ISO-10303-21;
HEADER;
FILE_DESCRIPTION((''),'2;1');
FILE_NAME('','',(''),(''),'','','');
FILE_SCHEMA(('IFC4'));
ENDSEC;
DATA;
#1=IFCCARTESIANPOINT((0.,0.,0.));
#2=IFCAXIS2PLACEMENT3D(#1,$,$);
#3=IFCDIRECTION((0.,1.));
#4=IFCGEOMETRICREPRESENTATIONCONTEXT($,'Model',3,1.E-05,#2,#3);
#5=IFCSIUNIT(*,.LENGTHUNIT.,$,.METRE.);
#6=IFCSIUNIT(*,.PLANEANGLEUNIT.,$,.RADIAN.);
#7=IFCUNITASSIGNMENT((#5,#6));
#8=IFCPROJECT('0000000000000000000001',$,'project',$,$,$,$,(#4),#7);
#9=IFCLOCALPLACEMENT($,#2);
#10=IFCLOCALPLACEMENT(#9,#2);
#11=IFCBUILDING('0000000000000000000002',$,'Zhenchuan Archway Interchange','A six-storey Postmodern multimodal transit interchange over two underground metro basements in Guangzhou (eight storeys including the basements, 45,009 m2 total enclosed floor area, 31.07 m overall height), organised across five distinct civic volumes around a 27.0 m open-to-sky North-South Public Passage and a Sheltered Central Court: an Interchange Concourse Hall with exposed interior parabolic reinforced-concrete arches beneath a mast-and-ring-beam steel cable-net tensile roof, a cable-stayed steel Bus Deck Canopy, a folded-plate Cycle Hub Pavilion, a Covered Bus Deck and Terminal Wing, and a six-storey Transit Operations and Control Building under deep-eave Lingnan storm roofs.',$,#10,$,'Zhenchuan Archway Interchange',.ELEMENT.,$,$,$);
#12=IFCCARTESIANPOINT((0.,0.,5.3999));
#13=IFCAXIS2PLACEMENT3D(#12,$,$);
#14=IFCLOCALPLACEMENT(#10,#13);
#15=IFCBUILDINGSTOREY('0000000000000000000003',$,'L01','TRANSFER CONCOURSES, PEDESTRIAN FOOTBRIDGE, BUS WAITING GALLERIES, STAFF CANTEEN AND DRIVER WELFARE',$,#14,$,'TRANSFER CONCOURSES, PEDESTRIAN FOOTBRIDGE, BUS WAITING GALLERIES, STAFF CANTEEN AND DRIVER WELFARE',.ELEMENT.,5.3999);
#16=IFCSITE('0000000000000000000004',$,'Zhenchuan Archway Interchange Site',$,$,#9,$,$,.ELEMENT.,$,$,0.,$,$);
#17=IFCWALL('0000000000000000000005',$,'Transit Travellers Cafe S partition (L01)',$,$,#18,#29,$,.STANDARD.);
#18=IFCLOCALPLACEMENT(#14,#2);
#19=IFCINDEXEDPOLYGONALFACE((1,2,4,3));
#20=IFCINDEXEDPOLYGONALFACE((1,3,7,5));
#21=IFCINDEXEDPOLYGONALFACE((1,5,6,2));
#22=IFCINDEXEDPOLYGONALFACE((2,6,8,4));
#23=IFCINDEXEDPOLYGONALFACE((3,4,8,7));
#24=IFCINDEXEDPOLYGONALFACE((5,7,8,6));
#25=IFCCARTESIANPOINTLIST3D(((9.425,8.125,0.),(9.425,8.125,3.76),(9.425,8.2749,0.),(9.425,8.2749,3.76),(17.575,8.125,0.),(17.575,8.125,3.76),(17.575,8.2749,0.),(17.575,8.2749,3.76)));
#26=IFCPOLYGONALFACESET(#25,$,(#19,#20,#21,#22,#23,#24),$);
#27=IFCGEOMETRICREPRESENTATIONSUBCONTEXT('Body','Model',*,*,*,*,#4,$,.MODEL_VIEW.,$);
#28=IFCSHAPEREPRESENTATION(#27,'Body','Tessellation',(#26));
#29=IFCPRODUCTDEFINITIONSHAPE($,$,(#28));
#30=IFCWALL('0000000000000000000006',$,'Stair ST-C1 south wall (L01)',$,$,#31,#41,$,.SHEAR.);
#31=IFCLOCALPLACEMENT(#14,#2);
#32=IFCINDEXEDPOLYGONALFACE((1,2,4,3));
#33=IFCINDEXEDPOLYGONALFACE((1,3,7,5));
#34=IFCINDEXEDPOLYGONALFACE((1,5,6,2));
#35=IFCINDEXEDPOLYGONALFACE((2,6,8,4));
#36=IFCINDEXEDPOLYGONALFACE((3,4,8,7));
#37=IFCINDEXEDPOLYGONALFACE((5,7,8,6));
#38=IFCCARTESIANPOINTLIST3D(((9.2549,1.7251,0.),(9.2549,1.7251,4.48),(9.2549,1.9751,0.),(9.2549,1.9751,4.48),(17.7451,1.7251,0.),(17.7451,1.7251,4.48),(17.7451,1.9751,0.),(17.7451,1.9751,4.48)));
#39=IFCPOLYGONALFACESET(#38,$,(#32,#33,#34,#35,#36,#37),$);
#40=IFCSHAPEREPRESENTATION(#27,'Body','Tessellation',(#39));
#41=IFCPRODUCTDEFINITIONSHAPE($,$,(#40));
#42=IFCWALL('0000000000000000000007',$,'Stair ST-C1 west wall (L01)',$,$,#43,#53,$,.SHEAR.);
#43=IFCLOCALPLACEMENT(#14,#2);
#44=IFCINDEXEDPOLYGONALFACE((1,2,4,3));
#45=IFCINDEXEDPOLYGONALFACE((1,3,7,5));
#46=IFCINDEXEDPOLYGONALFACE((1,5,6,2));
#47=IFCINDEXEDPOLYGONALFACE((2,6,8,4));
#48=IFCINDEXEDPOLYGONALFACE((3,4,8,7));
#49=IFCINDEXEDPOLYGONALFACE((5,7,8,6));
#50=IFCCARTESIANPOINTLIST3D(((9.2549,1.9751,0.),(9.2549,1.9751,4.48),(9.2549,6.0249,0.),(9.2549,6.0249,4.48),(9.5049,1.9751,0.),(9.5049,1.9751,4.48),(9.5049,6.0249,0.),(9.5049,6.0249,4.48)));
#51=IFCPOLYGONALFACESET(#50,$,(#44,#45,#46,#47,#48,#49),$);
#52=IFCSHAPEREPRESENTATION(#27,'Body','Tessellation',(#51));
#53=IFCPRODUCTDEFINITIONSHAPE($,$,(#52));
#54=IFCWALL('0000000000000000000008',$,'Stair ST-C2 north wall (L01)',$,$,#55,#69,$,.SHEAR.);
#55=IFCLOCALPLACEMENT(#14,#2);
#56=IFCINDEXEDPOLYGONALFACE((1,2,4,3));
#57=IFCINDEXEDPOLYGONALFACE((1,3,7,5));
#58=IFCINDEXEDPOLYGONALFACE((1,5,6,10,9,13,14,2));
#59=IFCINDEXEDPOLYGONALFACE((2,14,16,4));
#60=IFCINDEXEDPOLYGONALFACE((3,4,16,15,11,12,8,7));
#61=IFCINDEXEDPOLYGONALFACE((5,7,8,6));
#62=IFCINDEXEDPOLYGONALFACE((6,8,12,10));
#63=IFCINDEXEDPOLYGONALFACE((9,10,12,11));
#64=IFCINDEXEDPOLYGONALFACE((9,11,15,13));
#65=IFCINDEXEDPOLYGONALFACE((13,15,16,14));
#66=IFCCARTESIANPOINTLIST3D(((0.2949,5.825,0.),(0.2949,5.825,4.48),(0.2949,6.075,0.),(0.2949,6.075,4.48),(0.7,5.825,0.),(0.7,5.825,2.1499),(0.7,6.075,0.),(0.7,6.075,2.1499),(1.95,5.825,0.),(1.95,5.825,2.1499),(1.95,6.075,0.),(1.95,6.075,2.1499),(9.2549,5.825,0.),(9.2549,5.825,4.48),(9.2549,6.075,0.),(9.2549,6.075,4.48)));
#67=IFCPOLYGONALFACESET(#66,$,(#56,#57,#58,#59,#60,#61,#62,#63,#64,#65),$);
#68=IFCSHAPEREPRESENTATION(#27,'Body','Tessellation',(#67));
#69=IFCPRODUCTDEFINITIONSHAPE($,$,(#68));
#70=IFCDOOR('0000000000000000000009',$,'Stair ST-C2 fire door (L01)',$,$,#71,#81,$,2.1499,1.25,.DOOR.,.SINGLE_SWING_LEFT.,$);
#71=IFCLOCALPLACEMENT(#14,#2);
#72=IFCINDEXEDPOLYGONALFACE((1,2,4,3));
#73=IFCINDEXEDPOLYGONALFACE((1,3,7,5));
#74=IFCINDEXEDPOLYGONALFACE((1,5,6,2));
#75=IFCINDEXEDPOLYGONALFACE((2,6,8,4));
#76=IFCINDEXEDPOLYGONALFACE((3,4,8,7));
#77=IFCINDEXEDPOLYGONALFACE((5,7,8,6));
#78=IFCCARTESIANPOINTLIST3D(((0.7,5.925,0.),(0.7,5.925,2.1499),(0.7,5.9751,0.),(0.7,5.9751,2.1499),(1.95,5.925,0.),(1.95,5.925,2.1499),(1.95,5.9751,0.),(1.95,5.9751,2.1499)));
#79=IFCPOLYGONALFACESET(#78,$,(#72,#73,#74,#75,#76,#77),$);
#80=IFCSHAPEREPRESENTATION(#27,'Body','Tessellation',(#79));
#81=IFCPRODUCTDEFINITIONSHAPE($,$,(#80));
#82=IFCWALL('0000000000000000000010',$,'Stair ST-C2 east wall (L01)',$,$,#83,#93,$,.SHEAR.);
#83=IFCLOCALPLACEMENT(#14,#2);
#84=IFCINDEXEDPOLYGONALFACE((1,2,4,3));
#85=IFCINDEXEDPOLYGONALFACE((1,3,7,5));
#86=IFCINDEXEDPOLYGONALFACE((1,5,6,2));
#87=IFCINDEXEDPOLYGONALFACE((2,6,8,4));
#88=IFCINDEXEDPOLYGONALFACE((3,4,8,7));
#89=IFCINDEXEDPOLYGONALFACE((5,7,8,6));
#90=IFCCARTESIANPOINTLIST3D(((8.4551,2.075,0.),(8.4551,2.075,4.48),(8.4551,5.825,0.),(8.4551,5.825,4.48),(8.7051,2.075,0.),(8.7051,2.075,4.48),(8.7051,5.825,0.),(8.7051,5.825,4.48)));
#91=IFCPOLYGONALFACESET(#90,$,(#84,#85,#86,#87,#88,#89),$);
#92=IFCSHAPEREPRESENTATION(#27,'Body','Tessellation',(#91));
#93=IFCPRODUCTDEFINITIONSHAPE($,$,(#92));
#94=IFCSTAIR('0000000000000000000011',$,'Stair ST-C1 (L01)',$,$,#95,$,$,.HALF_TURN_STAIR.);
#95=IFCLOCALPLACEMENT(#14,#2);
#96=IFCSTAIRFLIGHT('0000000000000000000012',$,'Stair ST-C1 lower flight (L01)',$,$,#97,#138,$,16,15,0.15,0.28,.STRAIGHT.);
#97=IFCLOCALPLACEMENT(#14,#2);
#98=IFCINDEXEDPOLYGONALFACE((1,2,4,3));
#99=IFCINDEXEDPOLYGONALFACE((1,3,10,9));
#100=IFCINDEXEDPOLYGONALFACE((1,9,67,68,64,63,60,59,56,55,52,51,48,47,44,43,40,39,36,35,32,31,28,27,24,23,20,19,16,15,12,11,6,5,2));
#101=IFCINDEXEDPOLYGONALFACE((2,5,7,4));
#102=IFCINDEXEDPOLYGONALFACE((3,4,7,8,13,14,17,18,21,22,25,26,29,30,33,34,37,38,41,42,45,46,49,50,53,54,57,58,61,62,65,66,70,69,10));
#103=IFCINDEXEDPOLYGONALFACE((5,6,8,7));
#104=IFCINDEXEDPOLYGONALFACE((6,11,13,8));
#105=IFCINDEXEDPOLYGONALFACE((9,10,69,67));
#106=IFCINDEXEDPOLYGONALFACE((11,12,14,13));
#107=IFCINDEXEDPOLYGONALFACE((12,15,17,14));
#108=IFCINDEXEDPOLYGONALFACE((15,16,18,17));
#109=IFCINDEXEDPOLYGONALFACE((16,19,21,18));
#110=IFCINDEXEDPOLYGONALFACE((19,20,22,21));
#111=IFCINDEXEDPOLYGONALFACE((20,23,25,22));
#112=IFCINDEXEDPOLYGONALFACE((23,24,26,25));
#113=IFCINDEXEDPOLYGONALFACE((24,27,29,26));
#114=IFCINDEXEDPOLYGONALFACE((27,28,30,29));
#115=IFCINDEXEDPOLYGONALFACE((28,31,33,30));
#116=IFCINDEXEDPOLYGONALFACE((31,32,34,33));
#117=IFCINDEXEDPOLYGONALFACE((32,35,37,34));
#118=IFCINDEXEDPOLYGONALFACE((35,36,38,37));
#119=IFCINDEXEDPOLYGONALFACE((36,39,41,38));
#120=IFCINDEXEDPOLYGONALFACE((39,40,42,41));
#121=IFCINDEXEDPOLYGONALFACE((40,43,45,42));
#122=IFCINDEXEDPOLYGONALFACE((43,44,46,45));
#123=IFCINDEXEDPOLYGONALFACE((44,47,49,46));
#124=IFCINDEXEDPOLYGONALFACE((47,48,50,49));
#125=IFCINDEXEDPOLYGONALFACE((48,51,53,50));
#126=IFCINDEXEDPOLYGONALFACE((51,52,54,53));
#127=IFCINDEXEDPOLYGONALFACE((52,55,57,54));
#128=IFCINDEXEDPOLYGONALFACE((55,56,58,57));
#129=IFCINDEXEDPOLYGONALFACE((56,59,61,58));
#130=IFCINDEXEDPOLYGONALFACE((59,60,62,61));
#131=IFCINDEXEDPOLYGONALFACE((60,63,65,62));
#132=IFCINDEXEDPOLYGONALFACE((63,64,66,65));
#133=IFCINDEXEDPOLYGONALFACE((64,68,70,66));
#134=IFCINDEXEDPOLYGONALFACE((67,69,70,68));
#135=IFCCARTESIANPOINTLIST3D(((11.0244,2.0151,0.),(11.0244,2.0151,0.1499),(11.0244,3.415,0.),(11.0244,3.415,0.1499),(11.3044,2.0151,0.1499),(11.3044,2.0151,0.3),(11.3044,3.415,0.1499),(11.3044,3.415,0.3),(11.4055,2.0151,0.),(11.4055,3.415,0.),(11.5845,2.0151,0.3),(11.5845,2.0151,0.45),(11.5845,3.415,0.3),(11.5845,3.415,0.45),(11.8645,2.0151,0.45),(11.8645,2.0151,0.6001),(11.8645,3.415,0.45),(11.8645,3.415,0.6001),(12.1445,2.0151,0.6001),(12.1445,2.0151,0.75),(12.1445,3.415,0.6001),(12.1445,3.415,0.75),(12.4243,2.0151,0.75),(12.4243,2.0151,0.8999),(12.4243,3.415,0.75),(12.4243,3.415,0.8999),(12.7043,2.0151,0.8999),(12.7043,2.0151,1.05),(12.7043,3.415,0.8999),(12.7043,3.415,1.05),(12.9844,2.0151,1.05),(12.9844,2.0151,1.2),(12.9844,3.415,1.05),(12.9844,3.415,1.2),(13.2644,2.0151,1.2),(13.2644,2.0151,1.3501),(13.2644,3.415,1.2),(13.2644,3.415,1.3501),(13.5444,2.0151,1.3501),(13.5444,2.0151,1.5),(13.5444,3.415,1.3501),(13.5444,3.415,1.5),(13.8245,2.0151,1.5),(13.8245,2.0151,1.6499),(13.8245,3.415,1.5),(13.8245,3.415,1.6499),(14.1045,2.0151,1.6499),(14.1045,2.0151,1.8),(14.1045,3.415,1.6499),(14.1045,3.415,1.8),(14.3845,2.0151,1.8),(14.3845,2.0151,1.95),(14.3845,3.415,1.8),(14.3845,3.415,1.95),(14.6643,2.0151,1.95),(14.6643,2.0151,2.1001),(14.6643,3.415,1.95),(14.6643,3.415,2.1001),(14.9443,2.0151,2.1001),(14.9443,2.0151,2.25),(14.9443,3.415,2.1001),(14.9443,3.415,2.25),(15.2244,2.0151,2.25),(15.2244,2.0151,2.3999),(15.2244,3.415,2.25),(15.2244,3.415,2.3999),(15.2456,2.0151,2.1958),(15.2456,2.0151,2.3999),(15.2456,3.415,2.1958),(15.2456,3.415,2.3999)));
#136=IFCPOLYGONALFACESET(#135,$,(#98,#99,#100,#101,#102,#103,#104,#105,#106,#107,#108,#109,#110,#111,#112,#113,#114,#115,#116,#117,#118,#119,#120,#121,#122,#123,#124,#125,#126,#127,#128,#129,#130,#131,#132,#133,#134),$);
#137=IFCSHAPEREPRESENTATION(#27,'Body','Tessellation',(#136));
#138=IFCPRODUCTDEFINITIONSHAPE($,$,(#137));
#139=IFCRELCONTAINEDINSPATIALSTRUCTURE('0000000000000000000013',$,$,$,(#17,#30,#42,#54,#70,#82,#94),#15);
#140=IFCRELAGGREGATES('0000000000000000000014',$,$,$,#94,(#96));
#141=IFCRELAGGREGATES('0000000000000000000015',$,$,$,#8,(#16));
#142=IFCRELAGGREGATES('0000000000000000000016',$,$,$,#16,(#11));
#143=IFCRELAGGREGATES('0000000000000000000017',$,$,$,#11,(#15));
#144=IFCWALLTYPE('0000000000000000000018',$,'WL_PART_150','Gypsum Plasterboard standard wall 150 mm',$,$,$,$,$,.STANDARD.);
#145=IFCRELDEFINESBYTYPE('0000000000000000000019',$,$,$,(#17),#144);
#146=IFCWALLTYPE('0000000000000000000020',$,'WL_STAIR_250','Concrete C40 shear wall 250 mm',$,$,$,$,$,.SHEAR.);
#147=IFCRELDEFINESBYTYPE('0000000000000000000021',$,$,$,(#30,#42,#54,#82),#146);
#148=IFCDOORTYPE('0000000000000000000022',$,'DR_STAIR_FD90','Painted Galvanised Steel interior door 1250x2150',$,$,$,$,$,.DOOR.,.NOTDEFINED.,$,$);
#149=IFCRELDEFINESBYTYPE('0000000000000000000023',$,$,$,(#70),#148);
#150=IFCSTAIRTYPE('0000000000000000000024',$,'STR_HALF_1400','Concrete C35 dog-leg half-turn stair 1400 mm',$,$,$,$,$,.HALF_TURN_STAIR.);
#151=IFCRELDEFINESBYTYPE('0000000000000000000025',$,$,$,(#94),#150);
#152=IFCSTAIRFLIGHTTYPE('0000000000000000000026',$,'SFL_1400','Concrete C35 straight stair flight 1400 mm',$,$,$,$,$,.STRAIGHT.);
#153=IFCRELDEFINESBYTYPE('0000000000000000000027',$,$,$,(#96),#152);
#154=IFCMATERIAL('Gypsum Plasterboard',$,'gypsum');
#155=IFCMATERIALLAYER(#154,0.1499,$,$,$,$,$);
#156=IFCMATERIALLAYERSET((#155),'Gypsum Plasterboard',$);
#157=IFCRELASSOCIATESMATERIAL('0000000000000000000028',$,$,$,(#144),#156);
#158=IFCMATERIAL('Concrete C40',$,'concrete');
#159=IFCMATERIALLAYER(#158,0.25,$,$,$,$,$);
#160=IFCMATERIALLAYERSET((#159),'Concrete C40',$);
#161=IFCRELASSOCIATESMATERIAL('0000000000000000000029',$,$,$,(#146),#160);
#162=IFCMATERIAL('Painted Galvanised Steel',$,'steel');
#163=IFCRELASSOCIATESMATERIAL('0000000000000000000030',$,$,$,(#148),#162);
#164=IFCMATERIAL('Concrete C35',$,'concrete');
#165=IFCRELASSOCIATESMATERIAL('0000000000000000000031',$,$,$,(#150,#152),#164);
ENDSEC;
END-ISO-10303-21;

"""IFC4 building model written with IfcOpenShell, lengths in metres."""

from ifc_helpers import new_model, si_unit, direction, frame, frame_2d, origin, place, context, subcontext, project, spatial, polyline, rectangle, outline, extrude, material, layer, layer_set, type_object, element, fill, aggregate, save


model = new_model("IFC4")

# Units and contexts
model_context = context("Model", 3, precision=1e-05, world=origin(), true_north=direction((0.0, 1.0)))
body_context = subcontext(model_context, "Body", "Model", "MODEL_VIEW")
ifc_project = project(units=[si_unit("LENGTHUNIT", "METRE"), si_unit("PLANEANGLEUNIT", "RADIAN")], contexts=[model_context])

# Site, building, storey
site_placement = place(None, origin())
site = spatial("IfcSite", under=ifc_project, at=site_placement, Name="Zhenchuan Archway Interchange Site", CompositionType="ELEMENT", RefElevation=0.0)
building_placement = place(site_placement, origin())
building = spatial("IfcBuilding", under=site, at=building_placement, Name="Zhenchuan Archway Interchange", Description="A six-storey Postmodern multimodal transit interchange over two underground metro basements in Guangzhou (eight storeys including the basements, 45,009 m2 total enclosed floor area, 31.07 m overall height), organised across five distinct civic volumes around a 27.0 m open-to-sky North-South Public Passage and a Sheltered Central Court: an Interchange Concourse Hall with exposed interior parabolic reinforced-concrete arches beneath a mast-and-ring-beam steel cable-net tensile roof, a cable-stayed steel Bus Deck Canopy, a folded-plate Cycle Hub Pavilion, a Covered Bus Deck and Terminal Wing, and a six-storey Transit Operations and Control Building under deep-eave Lingnan storm roofs.", LongName="Zhenchuan Archway Interchange", CompositionType="ELEMENT")
storey_placement = place(building_placement, frame((0.0, 0.0, 5.3999)))
storey = spatial("IfcBuildingStorey", under=building, at=storey_placement, Name="L01", Description="TRANSFER CONCOURSES, PEDESTRIAN FOOTBRIDGE, BUS WAITING GALLERIES, STAFF CANTEEN AND DRIVER WELFARE", LongName="TRANSFER CONCOURSES, PEDESTRIAN FOOTBRIDGE, BUS WAITING GALLERIES, STAFF CANTEEN AND DRIVER WELFARE", CompositionType="ELEMENT", Elevation=5.3999)

# Shared definitions
ifc_material_1 = material(Name="Concrete C40", Category="concrete")

# Walls
ifc_material_2 = material(Name="Gypsum Plasterboard", Category="gypsum")
ifc_layer_1 = layer(ifc_material_2, 0.1499)
ifc_layer_set_1 = layer_set([ifc_layer_1], Name="Gypsum Plasterboard")
wall_type_1 = type_object("IfcWallType", Name="WL_PART_150", Description="Gypsum Plasterboard standard wall 150 mm", PredefinedType="STANDARD", material=ifc_layer_set_1)
wall_1_placement = place(storey_placement, frame((9.425, 8.2, 0.0), z_axis=(0.0, 0.0, 1.0), x_axis=(1.0, 0.0, 0.0)))
element("IfcWall", 1, at=wall_1_placement, inside=storey, type_object=wall_type_1, Name="Transit Travellers Cafe S partition (L01)", PredefinedType="STANDARD", context=body_context, shape_type="SweptSolid", body=[
    extrude(rectangle(XDim=8.1499, YDim=0.1499, at=frame_2d((4.075, 0.0))), origin(), (0.0, 0.0, 1.0), 3.76),
])
ifc_layer_2 = layer(ifc_material_1, 0.25)
ifc_layer_set_2 = layer_set([ifc_layer_2], Name="Concrete C40")
wall_type_2 = type_object("IfcWallType", Name="WL_STAIR_250", Description="Concrete C40 shear wall 250 mm", PredefinedType="SHEAR", material=ifc_layer_set_2)
wall_2_placement = place(storey_placement, frame((9.2549, 1.8501, 0.0), z_axis=(0.0, 0.0, 1.0), x_axis=(1.0, 0.0, 0.0)))
element("IfcWall", 2, at=wall_2_placement, inside=storey, type_object=wall_type_2, Name="Stair ST-C1 south wall (L01)", PredefinedType="SHEAR", context=body_context, shape_type="SweptSolid", body=[
    extrude(rectangle(XDim=8.4902, YDim=0.25, at=frame_2d((4.2451, 0.0))), origin(), (0.0, 0.0, 1.0), 4.48),
])
wall_3_placement = place(storey_placement, frame((9.3799, 6.0249, 0.0), z_axis=(0.0, 0.0, 1.0), x_axis=(0.0, -1.0, 0.0)))
element("IfcWall", 3, at=wall_3_placement, inside=storey, type_object=wall_type_2, Name="Stair ST-C1 west wall (L01)", PredefinedType="SHEAR", context=body_context, shape_type="SweptSolid", body=[
    extrude(rectangle(XDim=4.0498, YDim=0.25, at=frame_2d((2.0249, 0.0))), origin(), (0.0, 0.0, 1.0), 4.48),
])

# Wall, opening, door
wall_4_placement = place(storey_placement, frame((9.2549, 5.95, 0.0), z_axis=(0.0, 0.0, 1.0), x_axis=(-1.0, 0.0, 0.0)))
wall_4 = element("IfcWall", 4, at=wall_4_placement, inside=storey, type_object=wall_type_2, Name="Stair ST-C2 north wall (L01)", PredefinedType="SHEAR", context=body_context, shape_type="SweptSolid", body=[
    extrude(rectangle(XDim=8.96, YDim=0.25, at=frame_2d((4.48, 0.0))), origin(), (0.0, 0.0, 1.0), 4.48),
])
opening_placement = place(wall_4_placement, frame((7.3049, 0.0, 0.0)))
opening = element("IfcOpeningElement", 5, at=opening_placement, cuts=wall_4, PredefinedType="OPENING", context=body_context, shape_type="SweptSolid", body=[
    extrude(rectangle(XDim=1.25, YDim=2.1499, at=frame_2d((0.625, 1.075))), frame((0.0, 0.137, 0.0), z_axis=(0.0, -1.0, 0.0), x_axis=(1.0, 0.0, 0.0)), (0.0, 0.0, 1.0), 0.2739),
])
ifc_material_3 = material(Name="Painted Galvanised Steel", Category="steel")
door_type = type_object("IfcDoorType", Name="DR_STAIR_FD90", Description="Painted Galvanised Steel interior door 1250x2150", OperationType="NOTDEFINED", PredefinedType="DOOR", material=ifc_material_3)
door_placement = place(opening_placement, origin())
door = element("IfcDoor", 6, at=door_placement, inside=storey, type_object=door_type, Name="Stair ST-C2 fire door (L01)", OperationType="SINGLE_SWING_LEFT", OverallHeight=2.1499, OverallWidth=1.25, PredefinedType="DOOR", context=body_context, shape_type="SweptSolid", body=[
    extrude(rectangle(XDim=1.25, YDim=2.1499, at=frame_2d((0.625, 1.075))), frame((0.0, 0.0249, 0.0), z_axis=(0.0, -1.0, 0.0), x_axis=(1.0, 0.0, 0.0)), (0.0, 0.0, 1.0), 0.05),
])
fill(opening, door)

# Wall
wall_5_placement = place(storey_placement, frame((8.5801, 2.075, 0.0), z_axis=(0.0, 0.0, 1.0), x_axis=(0.0, 1.0, 0.0)))
element("IfcWall", 7, at=wall_5_placement, inside=storey, type_object=wall_type_2, Name="Stair ST-C2 east wall (L01)", PredefinedType="SHEAR", context=body_context, shape_type="SweptSolid", body=[
    extrude(rectangle(XDim=3.75, YDim=0.25, at=frame_2d((1.875, 0.0))), origin(), (0.0, 0.0, 1.0), 4.48),
])

# Stair, stair flight
ifc_material_4 = material(Name="Concrete C35", Category="concrete")
stair_type = type_object("IfcStairType", Name="STR_HALF_1400", Description="Concrete C35 dog-leg half-turn stair 1400 mm", PredefinedType="HALF_TURN_STAIR", material=ifc_material_4)
stair_placement = place(storey_placement, origin())
stair = element("IfcStair", 8, at=stair_placement, inside=storey, type_object=stair_type, Name="Stair ST-C1 (L01)", PredefinedType="HALF_TURN_STAIR")
stair_flight_type = type_object("IfcStairFlightType", Name="SFL_1400", Description="Concrete C35 straight stair flight 1400 mm", PredefinedType="STRAIGHT", material=ifc_material_4)
stair_flight_placement = place(storey_placement, frame((11.0244, 2.7151, 0.0), z_axis=(0.0, 0.0, 1.0), x_axis=(1.0, 0.0, 0.0)))
stair_flight = element("IfcStairFlight", 9, at=stair_flight_placement, type_object=stair_flight_type, Name="Stair ST-C1 lower flight (L01)", NumberOfRisers=16, NumberOfTreads=15, PredefinedType="STRAIGHT", RiserHeight=0.15, TreadLength=0.28, context=body_context, shape_type="SweptSolid", body=[
    extrude(outline(polyline([(0.0, 0.0), (0.0, 0.1499), (0.28, 0.1499), (0.28, 0.3), (0.5601, 0.3), (0.5601, 0.45), (0.8401, 0.45), (0.8401, 0.6001), (1.1201, 0.6001), (1.1201, 0.75), (1.3999, 0.75), (1.3999, 0.8999), (1.6799, 0.8999), (1.6799, 1.05), (1.96, 1.05), (1.96, 1.2), (2.24, 1.2), (2.24, 1.3501), (2.52, 1.3501), (2.52, 1.5), (2.8, 1.5), (2.8, 1.6499), (3.0801, 1.6499), (3.0801, 1.8), (3.3601, 1.8), (3.3601, 1.95), (3.6399, 1.95), (3.6399, 2.1001), (3.9199, 2.1001), (3.9199, 2.25), (4.2, 2.25), (4.2, 2.3999), (4.2212, 2.3999), (4.2212, 2.1958), (0.3811, 0.0), (0.0, 0.0)])), frame((0.0, 0.7, 0.0), z_axis=(0.0, -1.0, 0.0), x_axis=(1.0, 0.0, 0.0)), (0.0, 0.0, 1.0), 1.3999),
])
aggregate(stair, [stair_flight])

save(model, "model.ifc")
